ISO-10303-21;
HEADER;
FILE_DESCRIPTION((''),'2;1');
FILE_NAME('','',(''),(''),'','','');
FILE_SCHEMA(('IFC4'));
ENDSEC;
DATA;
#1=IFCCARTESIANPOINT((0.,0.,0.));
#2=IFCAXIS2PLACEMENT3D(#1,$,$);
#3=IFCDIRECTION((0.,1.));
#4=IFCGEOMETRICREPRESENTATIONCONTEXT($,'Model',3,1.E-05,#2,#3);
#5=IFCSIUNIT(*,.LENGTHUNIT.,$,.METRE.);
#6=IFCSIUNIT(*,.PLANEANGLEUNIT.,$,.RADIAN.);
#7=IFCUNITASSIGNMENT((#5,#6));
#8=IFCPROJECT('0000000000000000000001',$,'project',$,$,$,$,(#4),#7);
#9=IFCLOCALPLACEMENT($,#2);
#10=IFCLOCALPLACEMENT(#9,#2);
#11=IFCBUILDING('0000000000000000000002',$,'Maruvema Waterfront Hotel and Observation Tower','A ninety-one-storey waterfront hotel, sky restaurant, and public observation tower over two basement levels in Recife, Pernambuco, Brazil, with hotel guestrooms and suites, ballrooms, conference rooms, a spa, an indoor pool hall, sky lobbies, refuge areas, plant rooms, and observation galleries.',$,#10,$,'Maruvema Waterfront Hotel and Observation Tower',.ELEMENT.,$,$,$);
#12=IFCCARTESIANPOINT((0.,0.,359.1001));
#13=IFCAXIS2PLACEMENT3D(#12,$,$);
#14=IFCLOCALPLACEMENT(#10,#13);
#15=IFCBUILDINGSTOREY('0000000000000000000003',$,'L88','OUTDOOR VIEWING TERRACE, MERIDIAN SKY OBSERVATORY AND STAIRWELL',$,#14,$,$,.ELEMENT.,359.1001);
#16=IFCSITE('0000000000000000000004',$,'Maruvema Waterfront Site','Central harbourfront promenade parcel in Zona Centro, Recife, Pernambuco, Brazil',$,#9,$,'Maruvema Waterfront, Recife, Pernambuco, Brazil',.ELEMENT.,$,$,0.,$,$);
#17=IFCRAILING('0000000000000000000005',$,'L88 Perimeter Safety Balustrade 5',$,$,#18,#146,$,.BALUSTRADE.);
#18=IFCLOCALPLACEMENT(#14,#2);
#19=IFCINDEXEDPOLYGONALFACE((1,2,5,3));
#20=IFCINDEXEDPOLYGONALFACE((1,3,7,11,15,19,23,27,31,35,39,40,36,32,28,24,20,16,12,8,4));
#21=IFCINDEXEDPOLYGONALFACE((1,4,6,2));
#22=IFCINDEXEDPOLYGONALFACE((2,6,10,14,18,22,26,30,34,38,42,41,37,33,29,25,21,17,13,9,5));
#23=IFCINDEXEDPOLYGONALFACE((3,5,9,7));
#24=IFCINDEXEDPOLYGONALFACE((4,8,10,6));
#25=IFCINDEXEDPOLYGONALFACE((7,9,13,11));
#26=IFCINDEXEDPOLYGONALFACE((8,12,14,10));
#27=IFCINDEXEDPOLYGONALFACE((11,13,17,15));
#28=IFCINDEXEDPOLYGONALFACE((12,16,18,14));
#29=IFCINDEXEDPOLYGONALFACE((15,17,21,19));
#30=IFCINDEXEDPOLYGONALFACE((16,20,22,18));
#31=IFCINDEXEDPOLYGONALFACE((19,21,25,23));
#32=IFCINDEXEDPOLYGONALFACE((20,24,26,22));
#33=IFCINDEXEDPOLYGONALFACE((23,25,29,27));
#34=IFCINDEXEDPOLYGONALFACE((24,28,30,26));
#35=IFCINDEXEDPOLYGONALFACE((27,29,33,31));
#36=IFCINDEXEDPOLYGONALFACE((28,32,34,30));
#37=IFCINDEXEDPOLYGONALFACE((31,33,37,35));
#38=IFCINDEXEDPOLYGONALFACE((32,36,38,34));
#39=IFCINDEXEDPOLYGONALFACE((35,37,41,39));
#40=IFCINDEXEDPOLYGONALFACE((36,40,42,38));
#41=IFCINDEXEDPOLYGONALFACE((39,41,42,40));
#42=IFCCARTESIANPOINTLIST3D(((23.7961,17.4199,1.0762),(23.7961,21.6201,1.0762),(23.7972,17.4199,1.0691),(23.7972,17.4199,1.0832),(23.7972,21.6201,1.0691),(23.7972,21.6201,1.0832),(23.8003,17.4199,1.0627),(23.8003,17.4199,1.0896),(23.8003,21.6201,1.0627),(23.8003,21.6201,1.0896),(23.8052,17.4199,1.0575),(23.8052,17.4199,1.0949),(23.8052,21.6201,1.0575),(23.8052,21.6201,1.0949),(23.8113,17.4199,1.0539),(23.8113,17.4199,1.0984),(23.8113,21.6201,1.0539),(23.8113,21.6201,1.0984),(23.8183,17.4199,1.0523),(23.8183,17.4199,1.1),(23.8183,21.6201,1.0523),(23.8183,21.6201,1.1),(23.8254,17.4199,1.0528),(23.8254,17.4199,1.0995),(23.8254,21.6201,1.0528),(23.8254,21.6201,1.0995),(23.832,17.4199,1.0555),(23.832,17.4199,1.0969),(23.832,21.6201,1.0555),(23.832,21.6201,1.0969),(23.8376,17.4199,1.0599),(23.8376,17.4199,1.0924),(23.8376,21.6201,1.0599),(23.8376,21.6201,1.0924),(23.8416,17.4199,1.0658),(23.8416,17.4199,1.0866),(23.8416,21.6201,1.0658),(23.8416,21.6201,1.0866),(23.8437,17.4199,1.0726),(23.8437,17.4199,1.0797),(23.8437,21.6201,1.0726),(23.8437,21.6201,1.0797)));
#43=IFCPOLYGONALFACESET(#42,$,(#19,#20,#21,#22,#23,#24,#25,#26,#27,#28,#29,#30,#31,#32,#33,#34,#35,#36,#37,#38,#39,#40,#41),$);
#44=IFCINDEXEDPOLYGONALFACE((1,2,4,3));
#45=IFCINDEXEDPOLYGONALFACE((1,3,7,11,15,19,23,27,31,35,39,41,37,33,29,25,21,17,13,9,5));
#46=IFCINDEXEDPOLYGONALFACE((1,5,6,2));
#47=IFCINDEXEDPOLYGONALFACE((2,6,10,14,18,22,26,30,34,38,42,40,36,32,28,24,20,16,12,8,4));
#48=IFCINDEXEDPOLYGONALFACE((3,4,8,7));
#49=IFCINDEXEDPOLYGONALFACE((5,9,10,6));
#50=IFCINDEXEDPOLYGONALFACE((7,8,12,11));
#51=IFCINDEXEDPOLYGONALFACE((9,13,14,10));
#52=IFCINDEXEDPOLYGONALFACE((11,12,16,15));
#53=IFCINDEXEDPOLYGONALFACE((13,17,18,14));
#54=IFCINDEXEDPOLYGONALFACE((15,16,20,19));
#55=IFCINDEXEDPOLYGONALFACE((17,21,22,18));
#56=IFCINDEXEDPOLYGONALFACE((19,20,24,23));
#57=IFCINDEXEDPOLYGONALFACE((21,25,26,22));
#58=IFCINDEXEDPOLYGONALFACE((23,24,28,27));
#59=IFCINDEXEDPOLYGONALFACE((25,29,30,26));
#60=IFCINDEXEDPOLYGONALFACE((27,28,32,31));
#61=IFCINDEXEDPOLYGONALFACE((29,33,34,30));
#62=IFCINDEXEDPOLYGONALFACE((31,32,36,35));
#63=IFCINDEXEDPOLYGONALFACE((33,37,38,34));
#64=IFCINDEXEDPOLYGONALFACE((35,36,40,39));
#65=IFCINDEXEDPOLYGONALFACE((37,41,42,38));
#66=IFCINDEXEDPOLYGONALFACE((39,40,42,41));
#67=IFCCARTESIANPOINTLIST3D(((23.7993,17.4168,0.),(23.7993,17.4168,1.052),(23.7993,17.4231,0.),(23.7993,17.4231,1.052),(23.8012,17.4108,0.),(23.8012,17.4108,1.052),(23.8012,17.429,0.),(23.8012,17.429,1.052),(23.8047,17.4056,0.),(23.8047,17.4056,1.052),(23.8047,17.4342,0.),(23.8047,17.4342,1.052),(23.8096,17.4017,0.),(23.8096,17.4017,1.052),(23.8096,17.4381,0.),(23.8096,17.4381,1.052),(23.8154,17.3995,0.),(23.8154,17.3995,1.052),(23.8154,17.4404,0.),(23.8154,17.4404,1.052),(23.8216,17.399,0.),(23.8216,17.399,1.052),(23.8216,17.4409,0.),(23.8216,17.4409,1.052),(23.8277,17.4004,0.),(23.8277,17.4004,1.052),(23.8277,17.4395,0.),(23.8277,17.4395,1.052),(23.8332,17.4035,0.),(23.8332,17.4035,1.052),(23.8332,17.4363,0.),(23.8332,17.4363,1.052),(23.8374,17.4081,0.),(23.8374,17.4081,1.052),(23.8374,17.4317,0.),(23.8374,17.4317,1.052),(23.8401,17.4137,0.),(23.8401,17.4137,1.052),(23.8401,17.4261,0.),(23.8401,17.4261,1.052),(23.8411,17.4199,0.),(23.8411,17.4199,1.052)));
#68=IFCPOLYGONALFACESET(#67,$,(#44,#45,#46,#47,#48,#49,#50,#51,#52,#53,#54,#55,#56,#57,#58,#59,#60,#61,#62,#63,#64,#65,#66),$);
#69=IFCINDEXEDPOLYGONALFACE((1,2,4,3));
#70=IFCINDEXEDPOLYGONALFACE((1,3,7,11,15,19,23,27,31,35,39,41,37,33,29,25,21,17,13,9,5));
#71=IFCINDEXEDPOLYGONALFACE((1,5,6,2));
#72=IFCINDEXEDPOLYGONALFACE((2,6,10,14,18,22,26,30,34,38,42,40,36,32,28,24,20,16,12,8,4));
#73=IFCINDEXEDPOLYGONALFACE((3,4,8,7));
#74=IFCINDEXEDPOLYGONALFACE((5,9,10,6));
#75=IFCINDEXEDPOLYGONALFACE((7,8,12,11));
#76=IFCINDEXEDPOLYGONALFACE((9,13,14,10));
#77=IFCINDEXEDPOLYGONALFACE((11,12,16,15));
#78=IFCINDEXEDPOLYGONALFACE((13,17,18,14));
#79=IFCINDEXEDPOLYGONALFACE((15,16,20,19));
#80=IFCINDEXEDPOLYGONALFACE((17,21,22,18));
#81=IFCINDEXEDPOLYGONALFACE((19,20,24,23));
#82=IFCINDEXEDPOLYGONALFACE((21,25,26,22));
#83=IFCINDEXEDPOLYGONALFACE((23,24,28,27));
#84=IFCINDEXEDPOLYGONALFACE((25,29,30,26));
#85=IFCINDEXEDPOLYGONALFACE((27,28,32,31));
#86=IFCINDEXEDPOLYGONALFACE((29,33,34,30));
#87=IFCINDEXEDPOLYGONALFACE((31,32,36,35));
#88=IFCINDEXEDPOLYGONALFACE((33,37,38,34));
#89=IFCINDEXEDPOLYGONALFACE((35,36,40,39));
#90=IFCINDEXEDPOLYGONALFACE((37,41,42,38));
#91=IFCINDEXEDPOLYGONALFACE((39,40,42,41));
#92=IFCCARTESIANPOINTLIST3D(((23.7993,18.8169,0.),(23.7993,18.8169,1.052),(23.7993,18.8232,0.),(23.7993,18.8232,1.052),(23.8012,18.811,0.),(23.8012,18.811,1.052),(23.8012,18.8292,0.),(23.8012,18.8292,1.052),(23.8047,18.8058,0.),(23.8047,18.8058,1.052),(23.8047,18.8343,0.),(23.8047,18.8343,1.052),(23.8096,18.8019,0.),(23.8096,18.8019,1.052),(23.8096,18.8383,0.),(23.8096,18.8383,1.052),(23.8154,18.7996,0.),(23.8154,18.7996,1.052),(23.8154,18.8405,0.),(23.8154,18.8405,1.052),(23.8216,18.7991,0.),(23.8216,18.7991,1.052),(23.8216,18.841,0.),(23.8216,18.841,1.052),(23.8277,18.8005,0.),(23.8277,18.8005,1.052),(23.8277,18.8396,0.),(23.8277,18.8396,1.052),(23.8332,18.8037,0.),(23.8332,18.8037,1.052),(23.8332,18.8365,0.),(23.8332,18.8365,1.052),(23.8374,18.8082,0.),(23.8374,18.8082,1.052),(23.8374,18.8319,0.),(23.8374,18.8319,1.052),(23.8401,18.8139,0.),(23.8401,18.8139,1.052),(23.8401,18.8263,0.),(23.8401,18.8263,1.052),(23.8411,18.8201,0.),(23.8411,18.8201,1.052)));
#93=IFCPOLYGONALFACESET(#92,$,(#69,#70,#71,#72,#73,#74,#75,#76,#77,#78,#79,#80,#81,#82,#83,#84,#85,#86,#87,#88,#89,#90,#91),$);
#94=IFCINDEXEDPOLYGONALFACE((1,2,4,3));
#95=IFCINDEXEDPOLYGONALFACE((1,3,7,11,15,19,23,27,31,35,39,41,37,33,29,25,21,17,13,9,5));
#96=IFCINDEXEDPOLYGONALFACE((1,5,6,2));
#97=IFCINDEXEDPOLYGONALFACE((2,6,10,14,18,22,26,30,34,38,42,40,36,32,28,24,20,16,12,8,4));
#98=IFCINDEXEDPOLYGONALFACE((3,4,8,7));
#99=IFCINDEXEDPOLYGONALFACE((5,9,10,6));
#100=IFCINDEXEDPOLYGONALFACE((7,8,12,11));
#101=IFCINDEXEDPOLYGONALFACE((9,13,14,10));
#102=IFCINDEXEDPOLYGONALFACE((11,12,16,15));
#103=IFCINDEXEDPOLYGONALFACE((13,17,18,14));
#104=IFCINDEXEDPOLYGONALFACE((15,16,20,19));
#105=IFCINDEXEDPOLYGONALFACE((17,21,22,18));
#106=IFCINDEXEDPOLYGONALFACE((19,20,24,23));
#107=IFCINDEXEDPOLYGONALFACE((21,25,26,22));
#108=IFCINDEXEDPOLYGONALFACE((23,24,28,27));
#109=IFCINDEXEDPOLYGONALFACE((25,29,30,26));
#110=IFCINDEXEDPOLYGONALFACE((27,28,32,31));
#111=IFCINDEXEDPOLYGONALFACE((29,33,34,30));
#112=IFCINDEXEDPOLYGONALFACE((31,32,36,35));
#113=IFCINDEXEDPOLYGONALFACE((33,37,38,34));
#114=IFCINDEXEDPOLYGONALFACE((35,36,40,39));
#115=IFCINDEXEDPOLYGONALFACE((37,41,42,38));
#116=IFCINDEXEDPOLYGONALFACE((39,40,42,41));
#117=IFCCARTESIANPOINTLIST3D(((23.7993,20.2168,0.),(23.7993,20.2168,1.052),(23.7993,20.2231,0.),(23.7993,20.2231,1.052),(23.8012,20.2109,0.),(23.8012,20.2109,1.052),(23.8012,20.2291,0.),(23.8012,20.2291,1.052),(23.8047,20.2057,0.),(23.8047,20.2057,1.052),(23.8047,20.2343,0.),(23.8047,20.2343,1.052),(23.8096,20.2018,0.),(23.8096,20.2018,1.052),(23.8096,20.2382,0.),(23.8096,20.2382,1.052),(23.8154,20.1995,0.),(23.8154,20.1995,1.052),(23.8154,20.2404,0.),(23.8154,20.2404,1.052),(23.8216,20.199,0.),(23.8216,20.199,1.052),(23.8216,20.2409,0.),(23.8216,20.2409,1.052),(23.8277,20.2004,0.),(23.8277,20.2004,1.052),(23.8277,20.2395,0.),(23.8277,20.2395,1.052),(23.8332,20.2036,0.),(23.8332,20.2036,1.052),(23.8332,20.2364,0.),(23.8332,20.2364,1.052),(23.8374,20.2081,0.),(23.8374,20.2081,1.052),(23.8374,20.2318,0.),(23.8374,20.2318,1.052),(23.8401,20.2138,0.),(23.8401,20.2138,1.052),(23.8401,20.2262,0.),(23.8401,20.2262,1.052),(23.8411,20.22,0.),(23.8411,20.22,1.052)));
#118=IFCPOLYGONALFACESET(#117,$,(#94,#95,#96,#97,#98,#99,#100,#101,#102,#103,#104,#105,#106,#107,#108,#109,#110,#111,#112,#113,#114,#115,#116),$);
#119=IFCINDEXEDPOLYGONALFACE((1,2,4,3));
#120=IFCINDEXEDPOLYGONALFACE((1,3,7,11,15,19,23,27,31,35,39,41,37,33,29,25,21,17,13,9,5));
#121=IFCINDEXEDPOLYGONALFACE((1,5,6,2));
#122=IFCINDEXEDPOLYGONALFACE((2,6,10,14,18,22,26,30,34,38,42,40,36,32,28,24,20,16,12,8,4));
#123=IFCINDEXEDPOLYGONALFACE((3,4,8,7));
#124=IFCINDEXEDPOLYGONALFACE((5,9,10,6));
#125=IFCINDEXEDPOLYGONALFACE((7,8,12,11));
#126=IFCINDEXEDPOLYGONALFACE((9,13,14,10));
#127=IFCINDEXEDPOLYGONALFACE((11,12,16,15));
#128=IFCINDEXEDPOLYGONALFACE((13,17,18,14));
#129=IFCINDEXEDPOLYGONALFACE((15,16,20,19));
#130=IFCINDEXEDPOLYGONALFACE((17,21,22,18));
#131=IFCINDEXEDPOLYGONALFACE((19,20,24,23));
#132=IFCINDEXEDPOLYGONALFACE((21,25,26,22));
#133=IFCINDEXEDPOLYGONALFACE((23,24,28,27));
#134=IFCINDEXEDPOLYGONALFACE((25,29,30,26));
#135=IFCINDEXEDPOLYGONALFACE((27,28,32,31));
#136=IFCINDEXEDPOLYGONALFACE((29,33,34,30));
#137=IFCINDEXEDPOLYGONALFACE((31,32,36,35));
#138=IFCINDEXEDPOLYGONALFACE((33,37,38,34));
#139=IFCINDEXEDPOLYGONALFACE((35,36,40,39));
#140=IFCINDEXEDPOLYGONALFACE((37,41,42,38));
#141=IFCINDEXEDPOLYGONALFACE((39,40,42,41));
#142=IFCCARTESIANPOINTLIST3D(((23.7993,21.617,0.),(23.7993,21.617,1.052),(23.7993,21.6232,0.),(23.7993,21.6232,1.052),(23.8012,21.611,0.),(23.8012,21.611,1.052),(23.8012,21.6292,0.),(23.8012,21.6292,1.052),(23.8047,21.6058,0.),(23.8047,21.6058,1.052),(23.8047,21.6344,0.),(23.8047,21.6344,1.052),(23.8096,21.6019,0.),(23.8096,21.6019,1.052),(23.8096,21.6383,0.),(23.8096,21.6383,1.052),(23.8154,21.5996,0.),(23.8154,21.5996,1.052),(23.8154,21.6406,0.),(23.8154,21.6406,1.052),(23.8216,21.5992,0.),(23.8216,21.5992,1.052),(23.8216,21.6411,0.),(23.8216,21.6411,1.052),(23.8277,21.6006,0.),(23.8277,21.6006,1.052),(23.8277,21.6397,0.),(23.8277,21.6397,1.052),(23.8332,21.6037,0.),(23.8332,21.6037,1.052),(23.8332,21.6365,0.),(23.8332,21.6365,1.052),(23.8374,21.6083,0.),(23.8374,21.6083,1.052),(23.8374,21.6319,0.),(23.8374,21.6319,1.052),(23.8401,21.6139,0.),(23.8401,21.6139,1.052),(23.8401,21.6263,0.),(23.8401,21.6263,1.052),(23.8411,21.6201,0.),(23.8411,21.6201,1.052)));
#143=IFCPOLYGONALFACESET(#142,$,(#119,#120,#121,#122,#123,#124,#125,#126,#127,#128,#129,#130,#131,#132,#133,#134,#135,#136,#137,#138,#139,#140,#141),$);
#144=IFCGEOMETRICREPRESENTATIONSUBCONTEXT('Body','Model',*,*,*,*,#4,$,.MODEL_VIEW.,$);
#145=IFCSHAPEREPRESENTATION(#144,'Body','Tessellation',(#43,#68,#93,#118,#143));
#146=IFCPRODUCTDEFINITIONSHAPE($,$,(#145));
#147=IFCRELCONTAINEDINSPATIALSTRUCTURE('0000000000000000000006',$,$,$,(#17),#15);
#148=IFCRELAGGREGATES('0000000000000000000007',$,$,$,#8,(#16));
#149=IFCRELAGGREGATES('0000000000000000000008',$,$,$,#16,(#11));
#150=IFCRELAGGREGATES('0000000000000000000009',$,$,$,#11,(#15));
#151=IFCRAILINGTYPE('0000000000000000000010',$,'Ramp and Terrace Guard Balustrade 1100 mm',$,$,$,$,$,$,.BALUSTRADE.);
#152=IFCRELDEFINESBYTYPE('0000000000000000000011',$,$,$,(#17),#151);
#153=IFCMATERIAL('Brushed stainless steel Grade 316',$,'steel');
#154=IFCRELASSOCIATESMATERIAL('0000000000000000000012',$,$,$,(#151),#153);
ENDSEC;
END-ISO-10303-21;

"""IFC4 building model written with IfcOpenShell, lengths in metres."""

from ifc_helpers import new_model, si_unit, direction, frame, origin, origin_2d, place, context, subcontext, project, spatial, circle, extrude, material, type_object, element, save


model = new_model("IFC4")

# Units and contexts
model_context = context("Model", 3, precision=1e-05, world=origin(), true_north=direction((0.0, 1.0)))
body_context = subcontext(model_context, "Body", "Model", "MODEL_VIEW")
ifc_project = project(units=[si_unit("LENGTHUNIT", "METRE"), si_unit("PLANEANGLEUNIT", "RADIAN")], contexts=[model_context])

# Site, building, storey
site_placement = place(None, origin())
site = spatial("IfcSite", under=ifc_project, at=site_placement, Name="Maruvema Waterfront Site", Description="Central harbourfront promenade parcel in Zona Centro, Recife, Pernambuco, Brazil", LongName="Maruvema Waterfront, Recife, Pernambuco, Brazil", CompositionType="ELEMENT", RefElevation=0.0)
building_placement = place(site_placement, origin())
building = spatial("IfcBuilding", under=site, at=building_placement, Name="Maruvema Waterfront Hotel and Observation Tower", Description="A ninety-one-storey waterfront hotel, sky restaurant, and public observation tower over two basement levels in Recife, Pernambuco, Brazil, with hotel guestrooms and suites, ballrooms, conference rooms, a spa, an indoor pool hall, sky lobbies, refuge areas, plant rooms, and observation galleries.", LongName="Maruvema Waterfront Hotel and Observation Tower", CompositionType="ELEMENT")
storey_placement = place(building_placement, frame((0.0, 0.0, 359.1001)))
storey = spatial("IfcBuildingStorey", under=building, at=storey_placement, Name="L88", Description="OUTDOOR VIEWING TERRACE, MERIDIAN SKY OBSERVATORY AND STAIRWELL", CompositionType="ELEMENT", Elevation=359.1001)

# Railing
ifc_material_1 = material(Name="Brushed stainless steel Grade 316", Category="steel")
railing_type = type_object("IfcRailingType", Name="Ramp and Terrace Guard Balustrade 1100 mm", PredefinedType="BALUSTRADE", material=ifc_material_1)
railing_1_placement = place(storey_placement, frame((23.8201, 17.4199, 0.0)))
element("IfcRailing", 1, at=railing_1_placement, inside=storey, type_object=railing_type, Name="L88 Perimeter Safety Balustrade 5", PredefinedType="BALUSTRADE", context=body_context, shape_type="SweptSolid", body=[
    extrude(circle(Radius=0.0239, at=origin_2d()), frame((0.0, 0.0, 1.0762), z_axis=(0.0, 1.0, 0.0), x_axis=(-1.0, 0.0, 0.0)), (0.0, 0.0, 1.0), 4.2002),
    extrude(circle(Radius=0.021, at=origin_2d()), origin(), (0.0, 0.0, 1.0), 1.052),
    extrude(circle(Radius=0.021, at=origin_2d()), frame((0.0, 1.4001, 0.0)), (0.0, 0.0, 1.0), 1.052),
    extrude(circle(Radius=0.021, at=origin_2d()), frame((0.0, 2.8, 0.0)), (0.0, 0.0, 1.0), 1.052),
    extrude(circle(Radius=0.021, at=origin_2d()), frame((0.0, 4.2002, 0.0)), (0.0, 0.0, 1.0), 1.052),
])

save(model, "model.ifc")
